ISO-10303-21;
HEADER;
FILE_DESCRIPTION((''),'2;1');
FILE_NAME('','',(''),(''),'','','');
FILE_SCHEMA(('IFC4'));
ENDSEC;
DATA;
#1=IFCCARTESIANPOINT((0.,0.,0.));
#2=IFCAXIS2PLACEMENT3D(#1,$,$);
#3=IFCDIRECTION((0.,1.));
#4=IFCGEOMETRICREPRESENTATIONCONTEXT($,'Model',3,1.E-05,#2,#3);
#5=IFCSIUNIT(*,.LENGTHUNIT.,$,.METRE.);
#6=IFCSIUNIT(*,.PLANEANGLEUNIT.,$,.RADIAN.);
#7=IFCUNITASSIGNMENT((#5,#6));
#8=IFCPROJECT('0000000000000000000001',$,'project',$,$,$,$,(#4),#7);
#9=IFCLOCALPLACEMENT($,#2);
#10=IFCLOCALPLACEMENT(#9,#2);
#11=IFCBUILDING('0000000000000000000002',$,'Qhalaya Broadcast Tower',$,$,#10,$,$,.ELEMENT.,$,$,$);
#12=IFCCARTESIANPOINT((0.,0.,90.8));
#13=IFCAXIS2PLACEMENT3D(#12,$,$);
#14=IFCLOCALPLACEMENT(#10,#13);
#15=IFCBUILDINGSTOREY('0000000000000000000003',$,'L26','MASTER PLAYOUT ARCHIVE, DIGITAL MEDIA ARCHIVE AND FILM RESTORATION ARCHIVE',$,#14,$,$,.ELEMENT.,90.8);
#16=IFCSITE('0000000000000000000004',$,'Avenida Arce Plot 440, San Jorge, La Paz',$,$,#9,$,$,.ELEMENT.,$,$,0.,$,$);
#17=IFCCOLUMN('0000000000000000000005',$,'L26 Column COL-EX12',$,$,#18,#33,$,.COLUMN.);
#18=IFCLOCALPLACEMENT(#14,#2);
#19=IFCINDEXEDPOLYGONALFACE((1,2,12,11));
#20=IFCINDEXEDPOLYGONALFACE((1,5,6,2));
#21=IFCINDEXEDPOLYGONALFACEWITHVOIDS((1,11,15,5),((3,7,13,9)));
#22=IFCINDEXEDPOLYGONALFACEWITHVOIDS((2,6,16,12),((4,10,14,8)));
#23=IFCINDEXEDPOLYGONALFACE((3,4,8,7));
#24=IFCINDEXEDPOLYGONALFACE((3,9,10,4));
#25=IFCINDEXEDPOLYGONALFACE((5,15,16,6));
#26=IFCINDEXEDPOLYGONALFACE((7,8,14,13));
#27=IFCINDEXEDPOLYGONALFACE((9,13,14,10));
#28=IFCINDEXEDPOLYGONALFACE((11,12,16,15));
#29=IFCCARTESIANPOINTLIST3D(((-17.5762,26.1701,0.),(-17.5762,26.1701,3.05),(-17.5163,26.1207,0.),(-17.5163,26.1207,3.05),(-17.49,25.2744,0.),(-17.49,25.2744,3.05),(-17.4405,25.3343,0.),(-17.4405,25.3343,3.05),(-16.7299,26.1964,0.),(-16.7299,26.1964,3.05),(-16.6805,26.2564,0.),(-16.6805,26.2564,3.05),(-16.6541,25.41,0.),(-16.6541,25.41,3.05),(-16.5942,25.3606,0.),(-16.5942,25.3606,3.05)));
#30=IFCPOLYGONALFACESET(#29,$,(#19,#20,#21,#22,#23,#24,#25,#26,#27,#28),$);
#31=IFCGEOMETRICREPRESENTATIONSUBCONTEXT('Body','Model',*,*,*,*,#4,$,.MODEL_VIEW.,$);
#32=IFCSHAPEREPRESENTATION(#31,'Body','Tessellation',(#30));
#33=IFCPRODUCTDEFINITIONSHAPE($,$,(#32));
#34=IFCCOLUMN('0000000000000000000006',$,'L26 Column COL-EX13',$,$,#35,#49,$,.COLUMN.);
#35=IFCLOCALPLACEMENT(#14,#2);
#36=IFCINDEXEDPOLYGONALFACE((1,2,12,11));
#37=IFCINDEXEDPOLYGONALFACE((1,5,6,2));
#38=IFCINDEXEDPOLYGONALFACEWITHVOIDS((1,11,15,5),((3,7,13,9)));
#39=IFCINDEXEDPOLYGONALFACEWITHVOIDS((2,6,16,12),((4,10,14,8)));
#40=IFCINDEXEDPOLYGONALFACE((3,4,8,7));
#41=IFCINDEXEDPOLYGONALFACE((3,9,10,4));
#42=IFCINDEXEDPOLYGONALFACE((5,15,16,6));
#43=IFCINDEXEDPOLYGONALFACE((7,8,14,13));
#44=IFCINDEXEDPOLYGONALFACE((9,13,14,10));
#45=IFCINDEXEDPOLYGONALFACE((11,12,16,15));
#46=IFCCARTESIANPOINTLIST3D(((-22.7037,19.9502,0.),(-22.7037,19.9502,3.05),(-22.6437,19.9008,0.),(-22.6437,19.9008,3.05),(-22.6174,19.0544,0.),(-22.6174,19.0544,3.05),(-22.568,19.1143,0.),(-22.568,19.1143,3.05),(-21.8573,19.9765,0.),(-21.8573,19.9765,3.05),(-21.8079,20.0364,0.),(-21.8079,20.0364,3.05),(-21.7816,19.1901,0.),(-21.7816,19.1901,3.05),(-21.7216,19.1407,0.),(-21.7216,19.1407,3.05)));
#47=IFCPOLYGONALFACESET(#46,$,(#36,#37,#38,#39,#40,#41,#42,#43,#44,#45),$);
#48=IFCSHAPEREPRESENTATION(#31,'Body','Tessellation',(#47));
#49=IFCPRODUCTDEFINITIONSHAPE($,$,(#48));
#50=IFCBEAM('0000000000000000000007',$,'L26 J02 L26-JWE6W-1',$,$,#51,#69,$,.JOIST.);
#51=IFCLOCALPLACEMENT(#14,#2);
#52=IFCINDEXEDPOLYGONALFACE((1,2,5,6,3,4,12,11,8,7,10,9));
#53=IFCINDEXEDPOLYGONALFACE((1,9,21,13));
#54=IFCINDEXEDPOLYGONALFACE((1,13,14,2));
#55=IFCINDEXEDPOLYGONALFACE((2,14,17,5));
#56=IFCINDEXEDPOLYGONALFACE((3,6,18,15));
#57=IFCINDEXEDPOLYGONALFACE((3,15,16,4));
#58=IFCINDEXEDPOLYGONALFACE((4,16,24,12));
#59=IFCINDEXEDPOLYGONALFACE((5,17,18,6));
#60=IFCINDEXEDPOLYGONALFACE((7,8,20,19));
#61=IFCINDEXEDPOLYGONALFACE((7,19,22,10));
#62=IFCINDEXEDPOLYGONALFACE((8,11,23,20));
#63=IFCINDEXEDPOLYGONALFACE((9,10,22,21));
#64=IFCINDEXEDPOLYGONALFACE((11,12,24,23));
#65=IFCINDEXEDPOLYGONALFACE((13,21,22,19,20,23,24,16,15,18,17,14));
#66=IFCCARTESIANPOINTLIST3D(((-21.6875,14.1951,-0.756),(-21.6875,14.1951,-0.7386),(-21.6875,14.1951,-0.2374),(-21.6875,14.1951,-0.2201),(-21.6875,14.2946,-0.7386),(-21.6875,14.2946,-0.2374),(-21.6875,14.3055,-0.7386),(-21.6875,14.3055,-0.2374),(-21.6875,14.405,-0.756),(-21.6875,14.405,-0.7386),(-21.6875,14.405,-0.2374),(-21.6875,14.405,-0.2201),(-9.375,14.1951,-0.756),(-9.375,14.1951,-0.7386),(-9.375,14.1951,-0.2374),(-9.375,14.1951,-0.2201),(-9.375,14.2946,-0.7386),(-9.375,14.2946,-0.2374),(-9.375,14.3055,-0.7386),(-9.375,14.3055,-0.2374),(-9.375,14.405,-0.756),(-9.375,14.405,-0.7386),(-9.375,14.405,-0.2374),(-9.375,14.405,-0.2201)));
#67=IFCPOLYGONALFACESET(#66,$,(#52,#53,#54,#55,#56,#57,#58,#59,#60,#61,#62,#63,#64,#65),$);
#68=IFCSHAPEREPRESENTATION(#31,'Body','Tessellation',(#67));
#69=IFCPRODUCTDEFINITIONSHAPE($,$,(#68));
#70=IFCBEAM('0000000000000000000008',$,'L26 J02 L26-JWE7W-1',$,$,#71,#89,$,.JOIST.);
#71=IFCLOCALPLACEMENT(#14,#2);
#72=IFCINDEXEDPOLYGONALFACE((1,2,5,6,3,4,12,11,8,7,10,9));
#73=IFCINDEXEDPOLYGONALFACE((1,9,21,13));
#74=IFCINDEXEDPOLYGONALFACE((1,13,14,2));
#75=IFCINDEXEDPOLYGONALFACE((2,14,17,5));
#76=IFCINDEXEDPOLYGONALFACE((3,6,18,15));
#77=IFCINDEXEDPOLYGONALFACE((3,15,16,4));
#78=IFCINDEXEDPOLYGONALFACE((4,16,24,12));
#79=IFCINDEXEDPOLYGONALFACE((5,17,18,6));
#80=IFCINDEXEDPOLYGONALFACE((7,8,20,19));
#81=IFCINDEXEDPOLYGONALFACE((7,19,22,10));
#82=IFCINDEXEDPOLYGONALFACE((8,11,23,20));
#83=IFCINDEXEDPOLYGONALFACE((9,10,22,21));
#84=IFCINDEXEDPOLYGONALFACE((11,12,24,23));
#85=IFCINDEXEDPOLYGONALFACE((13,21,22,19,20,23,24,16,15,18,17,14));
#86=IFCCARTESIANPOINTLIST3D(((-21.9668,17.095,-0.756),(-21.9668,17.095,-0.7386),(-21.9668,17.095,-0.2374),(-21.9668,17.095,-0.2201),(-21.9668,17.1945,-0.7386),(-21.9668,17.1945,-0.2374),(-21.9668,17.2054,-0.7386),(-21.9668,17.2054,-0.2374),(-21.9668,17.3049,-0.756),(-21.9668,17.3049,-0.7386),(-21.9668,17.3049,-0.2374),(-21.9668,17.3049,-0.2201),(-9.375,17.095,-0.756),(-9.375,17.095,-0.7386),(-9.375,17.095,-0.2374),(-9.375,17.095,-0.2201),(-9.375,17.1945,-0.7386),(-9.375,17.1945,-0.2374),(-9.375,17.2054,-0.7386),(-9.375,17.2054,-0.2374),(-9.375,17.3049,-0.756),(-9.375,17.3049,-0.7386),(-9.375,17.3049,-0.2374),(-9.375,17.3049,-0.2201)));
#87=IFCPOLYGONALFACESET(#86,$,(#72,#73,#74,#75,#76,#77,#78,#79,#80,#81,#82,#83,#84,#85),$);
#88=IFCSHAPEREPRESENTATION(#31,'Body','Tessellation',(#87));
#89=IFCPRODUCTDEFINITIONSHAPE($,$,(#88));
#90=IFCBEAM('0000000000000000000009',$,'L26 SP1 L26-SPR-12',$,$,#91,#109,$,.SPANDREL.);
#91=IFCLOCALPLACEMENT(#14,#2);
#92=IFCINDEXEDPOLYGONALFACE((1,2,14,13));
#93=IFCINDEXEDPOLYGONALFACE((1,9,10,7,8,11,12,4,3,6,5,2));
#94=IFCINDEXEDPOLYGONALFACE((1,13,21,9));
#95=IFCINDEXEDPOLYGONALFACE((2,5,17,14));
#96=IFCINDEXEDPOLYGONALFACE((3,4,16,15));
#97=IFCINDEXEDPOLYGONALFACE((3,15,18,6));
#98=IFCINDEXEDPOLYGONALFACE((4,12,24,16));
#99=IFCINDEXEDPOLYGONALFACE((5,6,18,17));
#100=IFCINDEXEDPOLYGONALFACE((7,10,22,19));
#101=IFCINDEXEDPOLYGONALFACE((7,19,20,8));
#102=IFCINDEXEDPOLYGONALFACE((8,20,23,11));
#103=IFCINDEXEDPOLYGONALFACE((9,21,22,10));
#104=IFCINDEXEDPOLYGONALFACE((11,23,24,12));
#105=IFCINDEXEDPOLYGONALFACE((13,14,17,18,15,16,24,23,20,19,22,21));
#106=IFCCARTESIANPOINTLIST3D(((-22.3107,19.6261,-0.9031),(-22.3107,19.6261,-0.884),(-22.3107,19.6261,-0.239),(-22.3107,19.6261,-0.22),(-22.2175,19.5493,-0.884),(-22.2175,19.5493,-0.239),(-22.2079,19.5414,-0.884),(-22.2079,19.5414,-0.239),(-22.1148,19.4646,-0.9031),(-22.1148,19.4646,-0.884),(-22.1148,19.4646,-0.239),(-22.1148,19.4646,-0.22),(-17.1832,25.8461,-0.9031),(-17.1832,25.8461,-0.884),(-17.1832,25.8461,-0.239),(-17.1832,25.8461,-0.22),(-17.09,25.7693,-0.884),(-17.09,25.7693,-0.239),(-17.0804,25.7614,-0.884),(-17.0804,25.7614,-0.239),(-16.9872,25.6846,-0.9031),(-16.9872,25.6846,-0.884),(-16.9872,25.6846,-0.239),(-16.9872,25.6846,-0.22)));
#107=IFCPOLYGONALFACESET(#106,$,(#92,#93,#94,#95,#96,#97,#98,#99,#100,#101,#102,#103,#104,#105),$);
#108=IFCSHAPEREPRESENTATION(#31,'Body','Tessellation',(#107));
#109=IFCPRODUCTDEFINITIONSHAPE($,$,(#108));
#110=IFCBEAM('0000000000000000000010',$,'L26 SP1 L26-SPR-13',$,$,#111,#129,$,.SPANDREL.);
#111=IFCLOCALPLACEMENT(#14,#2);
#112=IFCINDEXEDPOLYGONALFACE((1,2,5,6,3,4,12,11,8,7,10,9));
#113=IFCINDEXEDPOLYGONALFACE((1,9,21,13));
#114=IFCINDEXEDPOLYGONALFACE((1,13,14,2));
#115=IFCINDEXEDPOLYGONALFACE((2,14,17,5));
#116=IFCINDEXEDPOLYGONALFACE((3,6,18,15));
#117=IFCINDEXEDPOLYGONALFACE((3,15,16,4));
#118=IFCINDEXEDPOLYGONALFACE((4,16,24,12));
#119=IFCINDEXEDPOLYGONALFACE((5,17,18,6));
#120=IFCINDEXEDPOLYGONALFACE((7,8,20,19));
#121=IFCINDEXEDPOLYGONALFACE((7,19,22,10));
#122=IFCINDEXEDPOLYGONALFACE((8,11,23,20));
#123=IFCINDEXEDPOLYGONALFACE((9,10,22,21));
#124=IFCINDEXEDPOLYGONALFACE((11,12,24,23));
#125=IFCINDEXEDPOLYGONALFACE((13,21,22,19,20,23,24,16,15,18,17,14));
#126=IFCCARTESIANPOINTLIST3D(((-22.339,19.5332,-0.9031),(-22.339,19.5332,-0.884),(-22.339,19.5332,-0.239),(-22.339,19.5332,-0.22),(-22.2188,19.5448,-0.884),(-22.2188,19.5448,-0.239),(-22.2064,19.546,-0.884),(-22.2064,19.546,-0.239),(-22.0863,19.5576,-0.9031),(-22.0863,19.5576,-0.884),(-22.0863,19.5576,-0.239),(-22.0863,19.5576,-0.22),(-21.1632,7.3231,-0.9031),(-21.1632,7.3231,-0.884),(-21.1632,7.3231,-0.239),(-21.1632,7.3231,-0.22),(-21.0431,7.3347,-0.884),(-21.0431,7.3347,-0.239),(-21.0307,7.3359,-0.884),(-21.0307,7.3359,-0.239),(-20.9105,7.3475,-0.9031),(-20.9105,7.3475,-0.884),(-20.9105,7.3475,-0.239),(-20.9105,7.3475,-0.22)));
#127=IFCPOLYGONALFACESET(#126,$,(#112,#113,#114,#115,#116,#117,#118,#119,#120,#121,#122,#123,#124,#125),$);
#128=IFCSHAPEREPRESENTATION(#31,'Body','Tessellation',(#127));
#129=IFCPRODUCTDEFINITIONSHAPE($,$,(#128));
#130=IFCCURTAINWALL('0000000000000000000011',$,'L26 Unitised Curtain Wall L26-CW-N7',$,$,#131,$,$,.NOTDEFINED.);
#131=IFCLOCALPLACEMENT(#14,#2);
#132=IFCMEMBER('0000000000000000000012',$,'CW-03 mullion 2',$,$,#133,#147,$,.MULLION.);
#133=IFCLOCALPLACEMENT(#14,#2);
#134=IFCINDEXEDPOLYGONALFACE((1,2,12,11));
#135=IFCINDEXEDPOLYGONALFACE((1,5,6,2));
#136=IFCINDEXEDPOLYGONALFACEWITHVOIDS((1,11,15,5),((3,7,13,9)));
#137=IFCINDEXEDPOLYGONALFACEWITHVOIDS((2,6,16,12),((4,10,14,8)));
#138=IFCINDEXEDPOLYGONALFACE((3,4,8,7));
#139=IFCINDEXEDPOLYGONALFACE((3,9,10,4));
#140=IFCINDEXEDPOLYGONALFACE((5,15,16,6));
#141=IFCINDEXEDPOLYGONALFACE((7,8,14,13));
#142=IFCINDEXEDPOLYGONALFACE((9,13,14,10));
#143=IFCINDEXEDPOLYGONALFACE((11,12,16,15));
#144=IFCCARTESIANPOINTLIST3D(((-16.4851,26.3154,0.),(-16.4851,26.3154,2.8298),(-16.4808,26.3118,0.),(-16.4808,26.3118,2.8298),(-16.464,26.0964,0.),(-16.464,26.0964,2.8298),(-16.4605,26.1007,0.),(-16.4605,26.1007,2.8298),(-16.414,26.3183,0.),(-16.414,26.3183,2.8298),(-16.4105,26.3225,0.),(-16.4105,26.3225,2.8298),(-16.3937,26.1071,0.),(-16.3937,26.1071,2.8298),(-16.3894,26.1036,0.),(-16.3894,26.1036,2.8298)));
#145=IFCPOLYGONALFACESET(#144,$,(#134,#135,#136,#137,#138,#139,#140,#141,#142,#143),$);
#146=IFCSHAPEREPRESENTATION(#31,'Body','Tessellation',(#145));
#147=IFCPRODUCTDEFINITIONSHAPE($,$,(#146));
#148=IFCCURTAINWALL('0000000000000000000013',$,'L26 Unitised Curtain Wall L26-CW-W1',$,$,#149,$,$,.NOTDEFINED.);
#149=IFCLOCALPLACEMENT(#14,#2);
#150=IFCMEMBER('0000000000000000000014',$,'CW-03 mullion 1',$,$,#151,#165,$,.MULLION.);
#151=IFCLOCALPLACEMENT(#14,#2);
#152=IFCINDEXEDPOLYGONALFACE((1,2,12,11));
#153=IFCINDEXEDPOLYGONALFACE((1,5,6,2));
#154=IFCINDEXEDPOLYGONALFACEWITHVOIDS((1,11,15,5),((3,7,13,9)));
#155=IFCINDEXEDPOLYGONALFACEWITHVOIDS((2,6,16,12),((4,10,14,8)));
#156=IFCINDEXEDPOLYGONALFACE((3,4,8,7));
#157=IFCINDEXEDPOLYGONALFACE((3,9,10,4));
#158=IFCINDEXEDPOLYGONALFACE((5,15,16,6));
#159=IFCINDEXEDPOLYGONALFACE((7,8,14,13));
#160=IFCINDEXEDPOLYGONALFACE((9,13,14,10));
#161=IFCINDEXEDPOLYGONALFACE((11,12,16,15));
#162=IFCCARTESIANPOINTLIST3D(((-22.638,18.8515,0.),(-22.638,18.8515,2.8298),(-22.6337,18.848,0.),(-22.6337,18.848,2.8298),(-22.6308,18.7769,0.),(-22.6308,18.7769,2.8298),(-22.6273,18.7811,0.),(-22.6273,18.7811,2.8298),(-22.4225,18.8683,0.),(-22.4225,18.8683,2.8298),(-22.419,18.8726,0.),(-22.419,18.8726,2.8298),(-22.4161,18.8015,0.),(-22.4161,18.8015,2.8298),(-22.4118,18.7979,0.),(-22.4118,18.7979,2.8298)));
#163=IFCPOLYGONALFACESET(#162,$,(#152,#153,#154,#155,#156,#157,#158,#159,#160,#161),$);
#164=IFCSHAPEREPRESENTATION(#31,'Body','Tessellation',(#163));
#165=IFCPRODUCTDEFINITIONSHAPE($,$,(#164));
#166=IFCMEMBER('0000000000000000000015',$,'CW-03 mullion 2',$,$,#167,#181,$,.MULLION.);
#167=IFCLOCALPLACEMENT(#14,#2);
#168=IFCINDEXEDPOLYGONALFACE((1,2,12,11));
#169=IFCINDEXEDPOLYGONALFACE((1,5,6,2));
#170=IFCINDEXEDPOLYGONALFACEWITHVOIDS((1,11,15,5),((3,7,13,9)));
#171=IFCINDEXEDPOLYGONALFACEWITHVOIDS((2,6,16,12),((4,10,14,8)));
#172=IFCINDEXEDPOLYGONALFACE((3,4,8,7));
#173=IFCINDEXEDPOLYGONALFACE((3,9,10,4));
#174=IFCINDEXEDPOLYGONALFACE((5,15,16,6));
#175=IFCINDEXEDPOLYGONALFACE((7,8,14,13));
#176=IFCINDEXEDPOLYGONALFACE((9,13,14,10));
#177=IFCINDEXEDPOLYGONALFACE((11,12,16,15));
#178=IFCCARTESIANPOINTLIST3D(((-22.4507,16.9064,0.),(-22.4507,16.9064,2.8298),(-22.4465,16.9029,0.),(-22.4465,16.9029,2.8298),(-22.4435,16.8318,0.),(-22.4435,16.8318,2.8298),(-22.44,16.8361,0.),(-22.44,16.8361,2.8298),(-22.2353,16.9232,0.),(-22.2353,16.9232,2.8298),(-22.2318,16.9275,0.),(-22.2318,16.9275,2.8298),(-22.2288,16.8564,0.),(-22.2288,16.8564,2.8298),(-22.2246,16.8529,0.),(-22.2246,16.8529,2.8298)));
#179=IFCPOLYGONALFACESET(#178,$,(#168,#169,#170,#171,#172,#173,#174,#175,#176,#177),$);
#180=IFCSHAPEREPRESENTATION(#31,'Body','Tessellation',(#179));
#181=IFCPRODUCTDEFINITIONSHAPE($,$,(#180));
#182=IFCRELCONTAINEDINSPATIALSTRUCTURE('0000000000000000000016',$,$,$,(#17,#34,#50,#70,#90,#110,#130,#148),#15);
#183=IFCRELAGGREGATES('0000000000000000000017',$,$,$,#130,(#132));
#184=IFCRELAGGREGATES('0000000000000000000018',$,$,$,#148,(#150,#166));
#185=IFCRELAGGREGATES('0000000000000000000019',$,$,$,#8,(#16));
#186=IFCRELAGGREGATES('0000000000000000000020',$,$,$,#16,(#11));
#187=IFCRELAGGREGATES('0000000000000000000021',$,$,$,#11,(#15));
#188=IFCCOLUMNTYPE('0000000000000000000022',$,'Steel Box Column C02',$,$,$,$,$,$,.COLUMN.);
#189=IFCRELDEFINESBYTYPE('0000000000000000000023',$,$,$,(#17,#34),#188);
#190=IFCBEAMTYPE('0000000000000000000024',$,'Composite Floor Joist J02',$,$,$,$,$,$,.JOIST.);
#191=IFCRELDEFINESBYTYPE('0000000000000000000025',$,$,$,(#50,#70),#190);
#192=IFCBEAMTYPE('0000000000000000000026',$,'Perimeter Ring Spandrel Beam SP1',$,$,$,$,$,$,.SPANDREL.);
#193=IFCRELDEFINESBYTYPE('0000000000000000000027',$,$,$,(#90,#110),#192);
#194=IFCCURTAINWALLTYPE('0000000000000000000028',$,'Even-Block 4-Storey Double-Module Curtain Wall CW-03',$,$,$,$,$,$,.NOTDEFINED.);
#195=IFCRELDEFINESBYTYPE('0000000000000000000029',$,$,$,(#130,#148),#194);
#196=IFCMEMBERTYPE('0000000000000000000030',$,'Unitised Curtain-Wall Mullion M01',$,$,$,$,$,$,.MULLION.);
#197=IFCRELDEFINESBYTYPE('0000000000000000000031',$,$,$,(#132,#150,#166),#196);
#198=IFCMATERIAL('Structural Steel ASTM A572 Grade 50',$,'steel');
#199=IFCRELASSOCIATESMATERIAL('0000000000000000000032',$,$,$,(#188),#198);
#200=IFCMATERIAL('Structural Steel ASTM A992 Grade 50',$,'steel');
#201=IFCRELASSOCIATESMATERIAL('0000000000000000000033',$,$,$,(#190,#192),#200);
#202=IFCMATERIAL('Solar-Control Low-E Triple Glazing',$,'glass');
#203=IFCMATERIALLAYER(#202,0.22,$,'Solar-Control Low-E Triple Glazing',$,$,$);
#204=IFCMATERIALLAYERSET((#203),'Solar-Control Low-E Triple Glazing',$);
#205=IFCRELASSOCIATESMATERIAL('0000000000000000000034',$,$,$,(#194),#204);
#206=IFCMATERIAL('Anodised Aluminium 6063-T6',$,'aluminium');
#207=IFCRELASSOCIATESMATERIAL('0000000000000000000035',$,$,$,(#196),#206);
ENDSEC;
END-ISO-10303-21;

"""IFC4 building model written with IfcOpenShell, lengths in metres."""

from ifc_helpers import new_model, si_unit, direction, frame, origin, origin_2d, place, context, subcontext, project, spatial, hollow_rectangle, i_section, extrude, material, layer, layer_set, material_profile, profile_set, type_object, element, aggregate, save


model = new_model("IFC4")

# Units and contexts
model_context = context("Model", 3, precision=1e-05, world=origin(), true_north=direction((0.0, 1.0)))
body_context = subcontext(model_context, "Body", "Model", "MODEL_VIEW")
ifc_project = project(units=[si_unit("LENGTHUNIT", "METRE"), si_unit("PLANEANGLEUNIT", "RADIAN")], contexts=[model_context])

# Site, building, storey
site_placement = place(None, origin())
site = spatial("IfcSite", under=ifc_project, at=site_placement, Name="Avenida Arce Plot 440, San Jorge, La Paz", CompositionType="ELEMENT", RefElevation=0.0)
building_placement = place(site_placement, origin())
building = spatial("IfcBuilding", under=site, at=building_placement, Name="Qhalaya Broadcast Tower", CompositionType="ELEMENT")
storey_placement = place(building_placement, frame((0.0, 0.0, 90.8)))
storey = spatial("IfcBuildingStorey", under=building, at=storey_placement, Name="L26", Description="MASTER PLAYOUT ARCHIVE, DIGITAL MEDIA ARCHIVE AND FILM RESTORATION ARCHIVE", CompositionType="ELEMENT", Elevation=90.8)

# Columns
ifc_material_1 = material(Name="Structural Steel ASTM A572 Grade 50", Category="steel")
ifc_material_profile_1 = material_profile(ifc_material_1, hollow_rectangle(XDim=0.8999, YDim=0.8999, WallThickness=0.0549, at=origin_2d()), Name="BOX 900x900x55")
ifc_profile_set_1 = profile_set([ifc_material_profile_1], Name="Structural Steel ASTM A572 Grade 50")
column_type = type_object("IfcColumnType", Name="Steel Box Column C02", PredefinedType="COLUMN", material=ifc_profile_set_1)
for number, where, z_axis, x_axis, name in (
    (1, (-17.0852, 25.7654, 0.0), (0.0, 0.0, 1.0), (0.995396, 0.095846, 0.0), "L26 Column COL-EX12"),
    (2, (-22.2126, 19.5454, 0.0), (0.0, 0.0, 1.0), (-0.095846, 0.995396, 0.0), "L26 Column COL-EX13"),
):
    element("IfcColumn", number, at=place(storey_placement, frame(where, z_axis=z_axis, x_axis=x_axis)), inside=storey, type_object=column_type, Name=name, PredefinedType="COLUMN", context=body_context, shape_type="SweptSolid", body=[
        extrude(hollow_rectangle(XDim=0.8999, YDim=0.8999, WallThickness=0.0549, at=origin_2d()), origin(), (0.0, 0.0, 1.0), 3.05),
    ])

# Beams
ifc_material_2 = material(Name="Structural Steel ASTM A992 Grade 50", Category="steel")
ifc_material_profile_2 = material_profile(ifc_material_2, i_section(OverallWidth=0.21, OverallDepth=0.5359, WebThickness=0.011, FlangeThickness=0.0173, at=origin_2d()), Name="W21X68")
ifc_profile_set_2 = profile_set([ifc_material_profile_2], Name="Structural Steel ASTM A992 Grade 50")
beam_type_1 = type_object("IfcBeamType", Name="Composite Floor Joist J02", PredefinedType="JOIST", material=ifc_profile_set_2)
beam_1_placement = place(storey_placement, frame((-21.6875, 14.3, -0.488), z_axis=(1.0, 0.0, 0.0), x_axis=(0.0, 1.0, 0.0)))
element("IfcBeam", 3, at=beam_1_placement, inside=storey, type_object=beam_type_1, Name="L26 J02 L26-JWE6W-1", PredefinedType="JOIST", context=body_context, shape_type="SweptSolid", body=[
    extrude(i_section(OverallWidth=0.21, OverallDepth=0.5359, WebThickness=0.011, FlangeThickness=0.0173, at=origin_2d()), origin(), (0.0, 0.0, 1.0), 12.3125),
])
beam_2_placement = place(storey_placement, frame((-21.9668, 17.2, -0.488), z_axis=(1.0, 0.0, 0.0), x_axis=(0.0, 1.0, 0.0)))
element("IfcBeam", 4, at=beam_2_placement, inside=storey, type_object=beam_type_1, Name="L26 J02 L26-JWE7W-1", PredefinedType="JOIST", context=body_context, shape_type="SweptSolid", body=[
    extrude(i_section(OverallWidth=0.21, OverallDepth=0.5359, WebThickness=0.011, FlangeThickness=0.0173, at=origin_2d()), origin(), (0.0, 0.0, 1.0), 12.5918),
])
ifc_material_profile_3 = material_profile(ifc_material_2, i_section(OverallWidth=0.2539, OverallDepth=0.6831, WebThickness=0.0125, FlangeThickness=0.019, at=origin_2d()), Name="W27X94")
ifc_profile_set_3 = profile_set([ifc_material_profile_3], Name="Structural Steel ASTM A992 Grade 50")
beam_type_2 = type_object("IfcBeamType", Name="Perimeter Ring Spandrel Beam SP1", PredefinedType="SPANDREL", material=ifc_profile_set_3)
beam_3_placement = place(storey_placement, frame((-17.0852, 25.7654, -0.5615), z_axis=(-0.636085, -0.771619, 0.0), x_axis=(0.771619, -0.636085, 0.0)))
element("IfcBeam", 5, at=beam_3_placement, inside=storey, type_object=beam_type_2, Name="L26 SP1 L26-SPR-12", PredefinedType="SPANDREL", context=body_context, shape_type="SweptSolid", body=[
    extrude(i_section(OverallWidth=0.2539, OverallDepth=0.6831, WebThickness=0.0125, FlangeThickness=0.019, at=origin_2d()), origin(), (0.0, 0.0, 1.0), 8.061),
])
beam_4_placement = place(storey_placement, frame((-22.2126, 19.5454, -0.5615), z_axis=(0.095852, -0.995396, 0.0), x_axis=(0.995396, 0.095852, 0.0)))
element("IfcBeam", 6, at=beam_4_placement, inside=storey, type_object=beam_type_2, Name="L26 SP1 L26-SPR-13", PredefinedType="SPANDREL", context=body_context, shape_type="SweptSolid", body=[
    extrude(i_section(OverallWidth=0.2539, OverallDepth=0.6831, WebThickness=0.0125, FlangeThickness=0.019, at=origin_2d()), origin(), (0.0, 0.0, 1.0), 12.2666),
])

# Curtain wall, member
ifc_material_3 = material(Name="Solar-Control Low-E Triple Glazing", Category="glass")
ifc_layer_1 = layer(ifc_material_3, 0.22, Name="Solar-Control Low-E Triple Glazing")
ifc_layer_set_1 = layer_set([ifc_layer_1], Name="Solar-Control Low-E Triple Glazing")
curtain_wall_type_1 = type_object("IfcCurtainWallType", Name="Even-Block 4-Storey Double-Module Curtain Wall CW-03", PredefinedType="NOTDEFINED", material=ifc_layer_set_1)
curtain_wall_1_placement = place(storey_placement, origin())
curtain_wall_1 = element("IfcCurtainWall", 7, at=curtain_wall_1_placement, inside=storey, type_object=curtain_wall_type_1, Name="L26 Unitised Curtain Wall L26-CW-N7", PredefinedType="NOTDEFINED")
ifc_material_4 = material(Name="Anodised Aluminium 6063-T6", Category="aluminium")
ifc_material_profile_4 = material_profile(ifc_material_4, hollow_rectangle(XDim=0.075, YDim=0.22, WallThickness=0.0039, at=origin_2d()), Name="ALU-MUL 75x220x4")
ifc_profile_set_4 = profile_set([ifc_material_profile_4], Name="Anodised Aluminium 6063-T6")
member_type_1 = type_object("IfcMemberType", Name="Unitised Curtain-Wall Mullion M01", PredefinedType="MULLION", material=ifc_profile_set_4)
member_1_placement = place(storey_placement, frame((-16.4373, 26.2095, 0.0), z_axis=(0.0, 0.0, 1.0), x_axis=(-0.995398, -0.095829, 0.0)))
member_1 = element("IfcMember", 8, at=member_1_placement, type_object=member_type_1, Name="CW-03 mullion 2", PredefinedType="MULLION", context=body_context, shape_type="SweptSolid", body=[
    extrude(hollow_rectangle(XDim=0.075, YDim=0.22, WallThickness=0.0039, at=origin_2d()), origin(), (0.0, 0.0, 1.0), 2.8298),
])

# Curtain wall, members
curtain_wall_2_placement = place(storey_placement, origin())
curtain_wall_2 = element("IfcCurtainWall", 9, at=curtain_wall_2_placement, inside=storey, type_object=curtain_wall_type_1, Name="L26 Unitised Curtain Wall L26-CW-W1", PredefinedType="NOTDEFINED")
member_2_placement = place(storey_placement, frame((-22.5249, 18.8247, 0.0), z_axis=(0.0, 0.0, 1.0), x_axis=(0.095858, -0.995395, 0.0)))
member_2 = element("IfcMember", 10, at=member_2_placement, type_object=member_type_1, Name="CW-03 mullion 1", PredefinedType="MULLION", context=body_context, shape_type="SweptSolid", body=[
    extrude(hollow_rectangle(XDim=0.075, YDim=0.22, WallThickness=0.0039, at=origin_2d()), origin(), (0.0, 0.0, 1.0), 2.8298),
])
member_3_placement = place(storey_placement, frame((-22.3376, 16.8796, 0.0), z_axis=(0.0, 0.0, 1.0), x_axis=(0.095858, -0.995395, 0.0)))
member_3 = element("IfcMember", 11, at=member_3_placement, type_object=member_type_1, Name="CW-03 mullion 2", PredefinedType="MULLION", context=body_context, shape_type="SweptSolid", body=[
    extrude(hollow_rectangle(XDim=0.075, YDim=0.22, WallThickness=0.0039, at=origin_2d()), origin(), (0.0, 0.0, 1.0), 2.8298),
])

aggregate(curtain_wall_1, [member_1])
aggregate(curtain_wall_2, [member_2, member_3])

save(model, "model.ifc")
